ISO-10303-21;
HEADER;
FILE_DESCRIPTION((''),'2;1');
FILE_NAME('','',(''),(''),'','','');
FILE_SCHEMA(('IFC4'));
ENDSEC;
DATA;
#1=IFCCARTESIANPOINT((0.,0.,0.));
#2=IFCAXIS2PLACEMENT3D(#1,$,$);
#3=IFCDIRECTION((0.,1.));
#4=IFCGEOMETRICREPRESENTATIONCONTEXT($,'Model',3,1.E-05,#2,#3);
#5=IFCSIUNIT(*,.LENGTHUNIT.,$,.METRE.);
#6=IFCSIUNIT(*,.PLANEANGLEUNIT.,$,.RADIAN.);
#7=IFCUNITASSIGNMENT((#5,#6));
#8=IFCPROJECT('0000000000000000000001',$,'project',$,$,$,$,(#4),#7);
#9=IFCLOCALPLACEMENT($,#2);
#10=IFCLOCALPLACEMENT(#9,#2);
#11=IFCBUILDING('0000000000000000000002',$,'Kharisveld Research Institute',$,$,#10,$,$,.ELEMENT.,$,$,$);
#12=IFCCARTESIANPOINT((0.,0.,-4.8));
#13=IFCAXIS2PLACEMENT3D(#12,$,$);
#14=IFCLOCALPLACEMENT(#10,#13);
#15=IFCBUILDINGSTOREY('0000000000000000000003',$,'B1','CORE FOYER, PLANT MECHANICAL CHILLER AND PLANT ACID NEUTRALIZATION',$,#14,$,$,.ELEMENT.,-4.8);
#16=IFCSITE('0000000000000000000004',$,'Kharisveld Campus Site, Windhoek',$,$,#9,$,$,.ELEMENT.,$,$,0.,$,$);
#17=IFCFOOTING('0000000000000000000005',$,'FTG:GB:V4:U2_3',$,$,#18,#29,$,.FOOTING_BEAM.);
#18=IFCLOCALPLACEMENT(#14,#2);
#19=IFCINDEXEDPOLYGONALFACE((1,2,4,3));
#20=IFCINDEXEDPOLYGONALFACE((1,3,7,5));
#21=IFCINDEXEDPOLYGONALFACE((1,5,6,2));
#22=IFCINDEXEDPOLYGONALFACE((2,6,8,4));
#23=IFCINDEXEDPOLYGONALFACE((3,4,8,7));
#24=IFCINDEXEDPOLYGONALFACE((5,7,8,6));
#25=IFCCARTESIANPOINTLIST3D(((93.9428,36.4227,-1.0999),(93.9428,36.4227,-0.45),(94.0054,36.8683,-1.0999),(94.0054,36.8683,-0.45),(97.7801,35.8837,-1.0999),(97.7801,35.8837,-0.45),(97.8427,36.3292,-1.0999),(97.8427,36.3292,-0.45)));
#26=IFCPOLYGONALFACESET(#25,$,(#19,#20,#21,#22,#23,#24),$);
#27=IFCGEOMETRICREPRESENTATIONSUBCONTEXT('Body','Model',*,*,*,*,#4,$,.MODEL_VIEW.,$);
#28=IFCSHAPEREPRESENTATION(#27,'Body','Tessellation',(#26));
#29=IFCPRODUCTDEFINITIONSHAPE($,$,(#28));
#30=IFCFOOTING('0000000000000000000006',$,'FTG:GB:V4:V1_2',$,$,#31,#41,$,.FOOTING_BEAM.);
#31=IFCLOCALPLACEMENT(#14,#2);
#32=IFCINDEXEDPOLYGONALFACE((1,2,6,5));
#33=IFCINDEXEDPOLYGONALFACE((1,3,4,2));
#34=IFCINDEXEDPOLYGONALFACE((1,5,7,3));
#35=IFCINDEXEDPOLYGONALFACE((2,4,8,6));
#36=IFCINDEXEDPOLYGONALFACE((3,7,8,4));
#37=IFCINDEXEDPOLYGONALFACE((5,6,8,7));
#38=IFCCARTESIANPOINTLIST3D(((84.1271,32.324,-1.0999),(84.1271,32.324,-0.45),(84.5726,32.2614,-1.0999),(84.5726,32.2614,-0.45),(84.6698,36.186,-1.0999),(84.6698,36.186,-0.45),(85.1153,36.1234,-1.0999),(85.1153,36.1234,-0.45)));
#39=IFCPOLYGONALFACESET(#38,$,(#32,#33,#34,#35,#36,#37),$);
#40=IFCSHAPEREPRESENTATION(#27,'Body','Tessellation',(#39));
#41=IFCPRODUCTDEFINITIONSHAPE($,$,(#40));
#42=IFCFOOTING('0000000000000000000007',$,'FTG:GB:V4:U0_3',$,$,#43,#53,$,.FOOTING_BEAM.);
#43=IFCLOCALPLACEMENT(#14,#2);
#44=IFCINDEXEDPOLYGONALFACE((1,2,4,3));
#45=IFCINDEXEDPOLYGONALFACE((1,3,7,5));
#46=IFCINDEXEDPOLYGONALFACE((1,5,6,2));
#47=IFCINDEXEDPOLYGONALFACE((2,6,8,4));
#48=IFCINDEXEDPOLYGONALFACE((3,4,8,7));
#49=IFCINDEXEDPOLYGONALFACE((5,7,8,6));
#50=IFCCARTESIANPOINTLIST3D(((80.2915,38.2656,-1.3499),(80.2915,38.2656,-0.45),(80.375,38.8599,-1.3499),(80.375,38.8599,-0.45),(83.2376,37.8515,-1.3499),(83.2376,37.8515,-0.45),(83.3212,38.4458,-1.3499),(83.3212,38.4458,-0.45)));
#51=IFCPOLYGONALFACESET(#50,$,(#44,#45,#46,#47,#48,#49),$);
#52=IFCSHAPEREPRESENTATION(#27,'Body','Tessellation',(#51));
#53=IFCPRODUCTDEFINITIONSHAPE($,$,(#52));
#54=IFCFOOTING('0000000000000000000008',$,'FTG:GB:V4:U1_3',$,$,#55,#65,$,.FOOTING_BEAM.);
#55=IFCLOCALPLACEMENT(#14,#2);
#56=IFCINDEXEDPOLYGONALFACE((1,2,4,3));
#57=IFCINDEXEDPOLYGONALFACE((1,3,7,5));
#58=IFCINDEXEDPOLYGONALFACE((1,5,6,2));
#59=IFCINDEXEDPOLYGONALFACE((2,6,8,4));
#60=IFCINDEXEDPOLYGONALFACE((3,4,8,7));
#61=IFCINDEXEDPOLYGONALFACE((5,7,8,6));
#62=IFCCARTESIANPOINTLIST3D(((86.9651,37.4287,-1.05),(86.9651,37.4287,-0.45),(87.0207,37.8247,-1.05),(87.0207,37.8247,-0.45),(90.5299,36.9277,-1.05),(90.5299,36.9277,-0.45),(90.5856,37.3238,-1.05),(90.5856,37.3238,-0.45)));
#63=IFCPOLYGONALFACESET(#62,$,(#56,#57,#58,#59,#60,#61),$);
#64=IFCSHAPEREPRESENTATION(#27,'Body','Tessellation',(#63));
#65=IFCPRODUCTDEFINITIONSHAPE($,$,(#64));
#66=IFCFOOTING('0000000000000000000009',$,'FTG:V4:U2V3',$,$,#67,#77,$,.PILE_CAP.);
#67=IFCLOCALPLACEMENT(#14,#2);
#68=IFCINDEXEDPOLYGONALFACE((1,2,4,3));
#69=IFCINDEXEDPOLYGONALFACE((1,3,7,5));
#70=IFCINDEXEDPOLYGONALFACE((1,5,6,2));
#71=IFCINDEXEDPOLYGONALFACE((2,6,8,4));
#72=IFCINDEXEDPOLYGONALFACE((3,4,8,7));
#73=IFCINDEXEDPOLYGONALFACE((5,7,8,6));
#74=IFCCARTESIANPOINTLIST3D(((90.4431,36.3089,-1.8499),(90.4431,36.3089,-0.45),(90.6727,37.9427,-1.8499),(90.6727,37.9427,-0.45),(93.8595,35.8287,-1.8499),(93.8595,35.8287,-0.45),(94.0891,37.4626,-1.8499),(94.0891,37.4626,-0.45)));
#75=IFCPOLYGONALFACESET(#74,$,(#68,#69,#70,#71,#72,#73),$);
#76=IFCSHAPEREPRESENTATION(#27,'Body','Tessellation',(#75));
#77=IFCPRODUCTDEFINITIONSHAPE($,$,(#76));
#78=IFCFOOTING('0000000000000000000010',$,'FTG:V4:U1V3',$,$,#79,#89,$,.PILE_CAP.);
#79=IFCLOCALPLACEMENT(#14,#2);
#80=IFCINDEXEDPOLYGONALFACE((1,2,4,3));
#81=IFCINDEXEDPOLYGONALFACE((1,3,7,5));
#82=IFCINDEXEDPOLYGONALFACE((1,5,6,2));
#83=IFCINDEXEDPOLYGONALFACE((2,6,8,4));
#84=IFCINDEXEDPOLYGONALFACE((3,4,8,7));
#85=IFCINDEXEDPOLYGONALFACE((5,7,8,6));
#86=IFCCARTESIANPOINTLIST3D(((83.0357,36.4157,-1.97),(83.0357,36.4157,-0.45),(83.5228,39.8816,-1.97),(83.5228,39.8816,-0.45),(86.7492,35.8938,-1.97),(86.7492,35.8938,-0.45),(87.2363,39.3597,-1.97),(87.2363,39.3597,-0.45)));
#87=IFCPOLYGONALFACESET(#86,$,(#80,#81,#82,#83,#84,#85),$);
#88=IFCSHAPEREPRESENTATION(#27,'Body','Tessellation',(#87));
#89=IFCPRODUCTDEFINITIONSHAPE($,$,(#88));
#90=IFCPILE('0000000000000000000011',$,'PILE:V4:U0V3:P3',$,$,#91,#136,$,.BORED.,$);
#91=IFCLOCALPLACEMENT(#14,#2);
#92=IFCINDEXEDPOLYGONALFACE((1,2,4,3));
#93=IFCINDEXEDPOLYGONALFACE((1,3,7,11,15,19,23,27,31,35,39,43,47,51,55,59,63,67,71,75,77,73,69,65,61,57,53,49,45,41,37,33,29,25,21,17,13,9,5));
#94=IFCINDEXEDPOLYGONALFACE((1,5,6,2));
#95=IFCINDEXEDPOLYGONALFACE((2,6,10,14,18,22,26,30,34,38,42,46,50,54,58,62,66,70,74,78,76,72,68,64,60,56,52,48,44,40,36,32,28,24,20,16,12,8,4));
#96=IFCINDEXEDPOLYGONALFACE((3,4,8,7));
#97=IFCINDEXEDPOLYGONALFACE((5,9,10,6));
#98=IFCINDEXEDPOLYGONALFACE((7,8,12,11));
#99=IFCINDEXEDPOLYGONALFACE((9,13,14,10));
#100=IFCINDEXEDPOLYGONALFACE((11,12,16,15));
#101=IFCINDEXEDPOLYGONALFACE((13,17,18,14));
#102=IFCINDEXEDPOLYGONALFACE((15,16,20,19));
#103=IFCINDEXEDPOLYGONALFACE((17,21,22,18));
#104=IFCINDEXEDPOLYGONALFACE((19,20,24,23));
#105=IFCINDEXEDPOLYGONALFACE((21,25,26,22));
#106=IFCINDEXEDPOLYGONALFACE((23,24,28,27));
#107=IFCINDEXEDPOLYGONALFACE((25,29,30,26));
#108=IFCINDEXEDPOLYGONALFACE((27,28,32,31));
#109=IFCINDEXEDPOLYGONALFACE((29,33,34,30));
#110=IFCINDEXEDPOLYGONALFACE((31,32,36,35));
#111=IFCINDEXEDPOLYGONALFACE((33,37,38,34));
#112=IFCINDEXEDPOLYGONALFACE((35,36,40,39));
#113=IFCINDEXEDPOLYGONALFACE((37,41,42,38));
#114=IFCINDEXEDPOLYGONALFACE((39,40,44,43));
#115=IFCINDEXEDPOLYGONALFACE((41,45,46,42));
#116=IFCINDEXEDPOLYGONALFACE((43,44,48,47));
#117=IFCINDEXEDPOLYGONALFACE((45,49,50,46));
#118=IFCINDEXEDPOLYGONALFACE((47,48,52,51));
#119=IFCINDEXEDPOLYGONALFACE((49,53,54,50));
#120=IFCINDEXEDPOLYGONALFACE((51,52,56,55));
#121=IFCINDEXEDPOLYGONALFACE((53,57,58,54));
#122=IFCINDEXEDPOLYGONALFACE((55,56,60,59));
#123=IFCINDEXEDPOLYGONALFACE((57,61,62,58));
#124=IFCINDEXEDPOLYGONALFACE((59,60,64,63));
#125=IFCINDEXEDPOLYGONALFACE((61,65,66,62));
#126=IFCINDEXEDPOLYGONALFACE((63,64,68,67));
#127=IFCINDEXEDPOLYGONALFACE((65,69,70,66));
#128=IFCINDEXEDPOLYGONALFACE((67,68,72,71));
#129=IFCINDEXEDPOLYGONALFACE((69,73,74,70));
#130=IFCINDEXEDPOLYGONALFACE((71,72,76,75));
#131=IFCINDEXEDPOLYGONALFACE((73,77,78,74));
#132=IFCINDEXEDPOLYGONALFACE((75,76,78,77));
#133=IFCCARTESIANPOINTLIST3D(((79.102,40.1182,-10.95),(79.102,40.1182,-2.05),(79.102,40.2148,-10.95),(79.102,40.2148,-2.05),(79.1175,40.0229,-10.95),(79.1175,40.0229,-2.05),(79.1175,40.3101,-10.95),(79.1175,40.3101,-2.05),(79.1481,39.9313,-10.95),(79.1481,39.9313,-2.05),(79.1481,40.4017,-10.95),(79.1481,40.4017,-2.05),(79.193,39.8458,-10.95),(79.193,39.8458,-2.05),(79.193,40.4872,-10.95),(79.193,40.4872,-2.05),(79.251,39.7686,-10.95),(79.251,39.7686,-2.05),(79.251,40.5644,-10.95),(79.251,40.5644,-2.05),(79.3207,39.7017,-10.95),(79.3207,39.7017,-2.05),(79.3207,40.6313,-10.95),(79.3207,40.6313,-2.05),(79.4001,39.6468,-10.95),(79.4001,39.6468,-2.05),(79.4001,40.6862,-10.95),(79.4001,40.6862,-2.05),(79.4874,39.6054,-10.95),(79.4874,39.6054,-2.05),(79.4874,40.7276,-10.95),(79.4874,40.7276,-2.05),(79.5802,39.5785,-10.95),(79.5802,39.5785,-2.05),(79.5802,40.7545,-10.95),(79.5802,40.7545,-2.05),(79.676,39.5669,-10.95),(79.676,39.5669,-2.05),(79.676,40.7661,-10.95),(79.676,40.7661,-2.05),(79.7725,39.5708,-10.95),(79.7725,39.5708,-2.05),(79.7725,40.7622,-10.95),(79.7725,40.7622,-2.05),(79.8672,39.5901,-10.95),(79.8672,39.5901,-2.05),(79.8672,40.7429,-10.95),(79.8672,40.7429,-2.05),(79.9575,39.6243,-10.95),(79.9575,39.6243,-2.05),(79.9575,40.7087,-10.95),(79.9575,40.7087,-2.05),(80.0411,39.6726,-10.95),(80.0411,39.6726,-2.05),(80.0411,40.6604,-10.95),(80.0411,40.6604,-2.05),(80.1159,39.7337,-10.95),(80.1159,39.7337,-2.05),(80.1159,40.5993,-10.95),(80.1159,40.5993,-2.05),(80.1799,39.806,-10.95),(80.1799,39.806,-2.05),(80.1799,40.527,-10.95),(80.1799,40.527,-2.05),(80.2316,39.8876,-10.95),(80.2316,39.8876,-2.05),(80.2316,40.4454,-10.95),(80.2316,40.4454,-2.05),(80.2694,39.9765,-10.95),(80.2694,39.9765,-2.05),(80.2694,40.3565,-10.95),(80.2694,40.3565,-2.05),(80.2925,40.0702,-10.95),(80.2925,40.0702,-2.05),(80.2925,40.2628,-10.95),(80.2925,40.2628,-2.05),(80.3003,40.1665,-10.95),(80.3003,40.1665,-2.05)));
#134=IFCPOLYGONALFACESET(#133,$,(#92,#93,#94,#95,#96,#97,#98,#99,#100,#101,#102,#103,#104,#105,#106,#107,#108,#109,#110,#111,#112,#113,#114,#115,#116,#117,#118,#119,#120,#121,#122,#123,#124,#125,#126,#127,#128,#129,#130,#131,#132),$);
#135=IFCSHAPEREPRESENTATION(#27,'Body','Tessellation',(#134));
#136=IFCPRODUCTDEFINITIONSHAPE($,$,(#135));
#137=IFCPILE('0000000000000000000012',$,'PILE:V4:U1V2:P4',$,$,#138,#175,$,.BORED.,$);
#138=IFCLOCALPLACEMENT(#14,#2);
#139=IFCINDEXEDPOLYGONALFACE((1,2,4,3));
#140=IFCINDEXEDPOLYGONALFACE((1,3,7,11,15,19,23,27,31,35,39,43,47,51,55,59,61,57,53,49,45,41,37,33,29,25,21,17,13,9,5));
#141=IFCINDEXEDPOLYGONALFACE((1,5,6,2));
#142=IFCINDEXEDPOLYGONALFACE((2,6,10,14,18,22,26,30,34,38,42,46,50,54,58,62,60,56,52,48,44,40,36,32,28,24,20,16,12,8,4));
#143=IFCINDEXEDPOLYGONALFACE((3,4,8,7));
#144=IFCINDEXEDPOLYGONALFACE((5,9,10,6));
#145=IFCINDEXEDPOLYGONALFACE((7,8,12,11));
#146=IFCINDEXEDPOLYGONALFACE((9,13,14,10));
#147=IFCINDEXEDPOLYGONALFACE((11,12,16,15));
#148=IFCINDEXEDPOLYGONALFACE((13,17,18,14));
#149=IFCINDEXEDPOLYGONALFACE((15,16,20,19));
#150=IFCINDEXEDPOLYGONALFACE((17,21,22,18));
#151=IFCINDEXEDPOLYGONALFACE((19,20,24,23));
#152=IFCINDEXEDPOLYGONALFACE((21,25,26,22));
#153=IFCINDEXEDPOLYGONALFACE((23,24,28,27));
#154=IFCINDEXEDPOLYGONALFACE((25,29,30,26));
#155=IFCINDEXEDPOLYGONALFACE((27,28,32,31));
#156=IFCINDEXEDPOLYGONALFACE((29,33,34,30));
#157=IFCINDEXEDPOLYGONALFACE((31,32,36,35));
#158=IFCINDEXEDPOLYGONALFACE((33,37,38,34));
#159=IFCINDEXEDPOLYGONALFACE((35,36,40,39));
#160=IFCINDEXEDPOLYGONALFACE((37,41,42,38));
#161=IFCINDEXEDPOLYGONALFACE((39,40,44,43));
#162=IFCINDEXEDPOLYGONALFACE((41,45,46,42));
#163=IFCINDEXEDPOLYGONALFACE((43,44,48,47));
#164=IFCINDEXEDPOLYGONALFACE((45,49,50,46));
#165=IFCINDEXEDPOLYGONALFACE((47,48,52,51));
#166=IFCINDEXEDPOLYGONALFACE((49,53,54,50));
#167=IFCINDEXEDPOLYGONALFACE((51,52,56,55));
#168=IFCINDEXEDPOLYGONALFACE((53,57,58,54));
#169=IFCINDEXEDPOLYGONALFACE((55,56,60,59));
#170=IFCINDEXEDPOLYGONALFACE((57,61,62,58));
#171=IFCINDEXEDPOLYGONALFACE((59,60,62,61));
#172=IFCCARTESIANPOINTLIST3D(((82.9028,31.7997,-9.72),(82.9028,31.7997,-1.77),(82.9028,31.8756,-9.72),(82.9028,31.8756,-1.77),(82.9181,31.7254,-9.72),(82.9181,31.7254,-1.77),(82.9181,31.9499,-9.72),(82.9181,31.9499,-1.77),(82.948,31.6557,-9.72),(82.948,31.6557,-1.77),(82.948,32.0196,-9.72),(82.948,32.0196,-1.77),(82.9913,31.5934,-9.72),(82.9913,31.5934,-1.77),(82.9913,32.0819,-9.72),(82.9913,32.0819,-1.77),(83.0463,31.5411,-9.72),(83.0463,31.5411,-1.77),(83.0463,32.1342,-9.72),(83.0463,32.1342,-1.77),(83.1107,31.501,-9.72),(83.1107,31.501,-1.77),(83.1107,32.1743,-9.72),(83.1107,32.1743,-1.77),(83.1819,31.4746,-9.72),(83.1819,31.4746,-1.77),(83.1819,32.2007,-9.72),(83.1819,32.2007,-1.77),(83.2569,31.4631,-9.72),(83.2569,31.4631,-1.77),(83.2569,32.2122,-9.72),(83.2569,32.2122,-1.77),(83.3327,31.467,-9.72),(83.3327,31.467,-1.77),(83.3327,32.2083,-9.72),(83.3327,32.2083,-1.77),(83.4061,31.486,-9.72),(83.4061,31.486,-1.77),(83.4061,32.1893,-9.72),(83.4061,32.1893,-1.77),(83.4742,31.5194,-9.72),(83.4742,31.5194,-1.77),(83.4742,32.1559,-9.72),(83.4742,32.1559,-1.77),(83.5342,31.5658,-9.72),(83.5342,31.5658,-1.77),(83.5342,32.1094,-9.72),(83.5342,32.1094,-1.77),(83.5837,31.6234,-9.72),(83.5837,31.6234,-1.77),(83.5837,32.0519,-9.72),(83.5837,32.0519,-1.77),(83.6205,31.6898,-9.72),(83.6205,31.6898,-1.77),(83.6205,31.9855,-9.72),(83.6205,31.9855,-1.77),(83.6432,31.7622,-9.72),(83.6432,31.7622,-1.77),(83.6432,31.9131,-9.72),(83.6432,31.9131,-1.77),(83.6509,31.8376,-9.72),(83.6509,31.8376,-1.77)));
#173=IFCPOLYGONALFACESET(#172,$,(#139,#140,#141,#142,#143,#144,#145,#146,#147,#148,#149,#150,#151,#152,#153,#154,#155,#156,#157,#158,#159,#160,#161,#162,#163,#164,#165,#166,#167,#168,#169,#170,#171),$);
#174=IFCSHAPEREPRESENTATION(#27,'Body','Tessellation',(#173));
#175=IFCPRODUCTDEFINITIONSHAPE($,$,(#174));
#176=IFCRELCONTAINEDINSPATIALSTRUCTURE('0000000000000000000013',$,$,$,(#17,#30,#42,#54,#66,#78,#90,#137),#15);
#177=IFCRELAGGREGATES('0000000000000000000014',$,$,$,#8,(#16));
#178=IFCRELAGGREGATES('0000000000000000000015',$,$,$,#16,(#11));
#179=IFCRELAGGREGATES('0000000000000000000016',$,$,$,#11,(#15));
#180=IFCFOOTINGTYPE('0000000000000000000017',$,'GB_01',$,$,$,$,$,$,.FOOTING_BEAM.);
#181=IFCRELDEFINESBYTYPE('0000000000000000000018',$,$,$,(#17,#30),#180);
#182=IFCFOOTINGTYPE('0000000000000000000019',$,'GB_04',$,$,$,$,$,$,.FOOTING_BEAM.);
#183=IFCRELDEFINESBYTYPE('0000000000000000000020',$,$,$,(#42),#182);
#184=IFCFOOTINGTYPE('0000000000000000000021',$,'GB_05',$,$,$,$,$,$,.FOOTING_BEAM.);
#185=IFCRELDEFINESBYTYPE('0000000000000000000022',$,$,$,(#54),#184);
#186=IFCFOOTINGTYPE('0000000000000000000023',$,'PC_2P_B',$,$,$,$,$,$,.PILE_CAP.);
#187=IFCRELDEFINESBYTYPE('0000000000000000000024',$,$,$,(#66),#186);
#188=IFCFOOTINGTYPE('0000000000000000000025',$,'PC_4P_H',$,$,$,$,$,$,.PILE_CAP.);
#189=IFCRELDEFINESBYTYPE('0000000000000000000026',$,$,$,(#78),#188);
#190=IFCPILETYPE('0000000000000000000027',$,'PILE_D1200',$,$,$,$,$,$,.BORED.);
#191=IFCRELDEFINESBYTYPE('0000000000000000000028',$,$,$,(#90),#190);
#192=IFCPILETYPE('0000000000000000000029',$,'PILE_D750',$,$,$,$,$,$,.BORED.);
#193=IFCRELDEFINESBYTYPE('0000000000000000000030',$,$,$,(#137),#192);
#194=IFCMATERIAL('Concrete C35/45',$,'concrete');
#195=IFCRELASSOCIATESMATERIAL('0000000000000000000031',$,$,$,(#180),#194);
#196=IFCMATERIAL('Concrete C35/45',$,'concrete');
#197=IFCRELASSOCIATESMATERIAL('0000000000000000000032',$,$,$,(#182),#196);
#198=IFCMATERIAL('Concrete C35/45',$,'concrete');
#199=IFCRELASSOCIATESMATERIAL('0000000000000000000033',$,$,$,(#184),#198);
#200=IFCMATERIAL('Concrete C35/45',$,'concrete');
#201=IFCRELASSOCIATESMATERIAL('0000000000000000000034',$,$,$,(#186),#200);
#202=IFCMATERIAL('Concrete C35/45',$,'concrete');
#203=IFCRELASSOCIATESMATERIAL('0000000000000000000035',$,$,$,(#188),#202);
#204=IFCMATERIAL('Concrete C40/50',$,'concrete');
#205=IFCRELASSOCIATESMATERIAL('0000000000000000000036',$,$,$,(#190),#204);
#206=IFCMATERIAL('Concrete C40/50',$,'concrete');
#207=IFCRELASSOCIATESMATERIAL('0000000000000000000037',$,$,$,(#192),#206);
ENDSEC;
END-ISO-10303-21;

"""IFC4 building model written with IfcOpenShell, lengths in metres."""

from ifc_helpers import new_model, si_unit, direction, frame, origin, origin_2d, place, context, subcontext, project, spatial, rectangle, circle, extrude, material, material_profile, profile_set, type_object, element, save


model = new_model("IFC4")

# Units and contexts
model_context = context("Model", 3, precision=1e-05, world=origin(), true_north=direction((0.0, 1.0)))
body_context = subcontext(model_context, "Body", "Model", "MODEL_VIEW")
ifc_project = project(units=[si_unit("LENGTHUNIT", "METRE"), si_unit("PLANEANGLEUNIT", "RADIAN")], contexts=[model_context])

# Site, building, storey
site_placement = place(None, origin())
site = spatial("IfcSite", under=ifc_project, at=site_placement, Name="Kharisveld Campus Site, Windhoek", CompositionType="ELEMENT", RefElevation=0.0)
building_placement = place(site_placement, origin())
building = spatial("IfcBuilding", under=site, at=building_placement, Name="Kharisveld Research Institute", CompositionType="ELEMENT")
storey_placement = place(building_placement, frame((0.0, 0.0, -4.8)))
storey = spatial("IfcBuildingStorey", under=building, at=storey_placement, Name="B1", Description="CORE FOYER, PLANT MECHANICAL CHILLER AND PLANT ACID NEUTRALIZATION", CompositionType="ELEMENT", Elevation=-4.8)

# Footings
ifc_material_1 = material(Name="Concrete C35/45", Category="concrete")
ifc_material_profile_1 = material_profile(ifc_material_1, rectangle(XDim=0.45, YDim=0.6499, at=origin_2d()))
ifc_profile_set_1 = profile_set([ifc_material_profile_1], Name="Concrete C35/45")
footing_type_1 = type_object("IfcFootingType", Name="GB_01", PredefinedType="FOOTING_BEAM", material=ifc_profile_set_1)
footing_1_placement = place(storey_placement, frame((93.9741, 36.6455, -0.7749), z_axis=(0.990277, -0.13911, 0.0), x_axis=(0.13911, 0.990277, 0.0)))
element("IfcFooting", 1, at=footing_1_placement, inside=storey, type_object=footing_type_1, Name="FTG:GB:V4:U2_3", PredefinedType="FOOTING_BEAM", context=body_context, shape_type="SweptSolid", body=[
    extrude(rectangle(XDim=0.45, YDim=0.6499, at=origin_2d()), origin(), (0.0, 0.0, 1.0), 3.875),
])
footing_2_placement = place(storey_placement, frame((84.3499, 32.2927, -0.7749), z_axis=(0.13916, 0.99027, 0.0), x_axis=(-0.99027, 0.13916, 0.0)))
element("IfcFooting", 2, at=footing_2_placement, inside=storey, type_object=footing_type_1, Name="FTG:GB:V4:V1_2", PredefinedType="FOOTING_BEAM", context=body_context, shape_type="SweptSolid", body=[
    extrude(rectangle(XDim=0.45, YDim=0.6499, at=origin_2d()), origin(), (0.0, 0.0, 1.0), 3.8999),
])
ifc_material_2 = material(Name="Concrete C35/45", Category="concrete")
ifc_material_profile_2 = material_profile(ifc_material_2, rectangle(XDim=0.6001, YDim=0.8999, at=origin_2d()))
ifc_profile_set_2 = profile_set([ifc_material_profile_2], Name="Concrete C35/45")
footing_type_2 = type_object("IfcFootingType", Name="GB_04", PredefinedType="FOOTING_BEAM", material=ifc_profile_set_2)
footing_3_placement = place(storey_placement, frame((80.3333, 38.5627, -0.8999), z_axis=(0.990267, -0.139181, 0.0), x_axis=(0.139181, 0.990267, 0.0)))
element("IfcFooting", 3, at=footing_3_placement, inside=storey, type_object=footing_type_2, Name="FTG:GB:V4:U0_3", PredefinedType="FOOTING_BEAM", context=body_context, shape_type="SweptSolid", body=[
    extrude(rectangle(XDim=0.6001, YDim=0.8999, at=origin_2d()), origin(), (0.0, 0.0, 1.0), 2.9751),
])
ifc_material_3 = material(Name="Concrete C35/45", Category="concrete")
ifc_material_profile_3 = material_profile(ifc_material_3, rectangle(XDim=0.3999, YDim=0.6001, at=origin_2d()))
ifc_profile_set_3 = profile_set([ifc_material_profile_3], Name="Concrete C35/45")
footing_type_3 = type_object("IfcFootingType", Name="GB_05", PredefinedType="FOOTING_BEAM", material=ifc_profile_set_3)
footing_4_placement = place(storey_placement, frame((86.9929, 37.6267, -0.75), z_axis=(0.99027, -0.139161, 0.0), x_axis=(0.139161, 0.99027, 0.0)))
element("IfcFooting", 4, at=footing_4_placement, inside=storey, type_object=footing_type_3, Name="FTG:GB:V4:U1_3", PredefinedType="FOOTING_BEAM", context=body_context, shape_type="SweptSolid", body=[
    extrude(rectangle(XDim=0.3999, YDim=0.6001, at=origin_2d()), origin(), (0.0, 0.0, 1.0), 3.5999),
])
ifc_material_4 = material(Name="Concrete C35/45", Category="concrete")
footing_type_4 = type_object("IfcFootingType", Name="PC_2P_B", PredefinedType="PILE_CAP", material=ifc_material_4)
footing_5_placement = place(storey_placement, frame((92.2661, 36.8857, -1.8499), z_axis=(0.0, 0.0, 1.0), x_axis=(0.990268, -0.139173, 0.0)))
element("IfcFooting", 5, at=footing_5_placement, inside=storey, type_object=footing_type_4, Name="FTG:V4:U2V3", PredefinedType="PILE_CAP", context=body_context, shape_type="SweptSolid", body=[
    extrude(rectangle(XDim=3.45, YDim=1.6499, at=origin_2d()), origin(), (0.0, 0.0, 1.0), 1.3999),
])
ifc_material_5 = material(Name="Concrete C35/45", Category="concrete")
footing_type_5 = type_object("IfcFootingType", Name="PC_4P_H", PredefinedType="PILE_CAP", material=ifc_material_5)
footing_6_placement = place(storey_placement, frame((85.136, 37.8877, -1.97), z_axis=(0.0, 0.0, 1.0), x_axis=(0.990268, -0.139173, 0.0)))
element("IfcFooting", 6, at=footing_6_placement, inside=storey, type_object=footing_type_5, Name="FTG:V4:U1V3", PredefinedType="PILE_CAP", context=body_context, shape_type="SweptSolid", body=[
    extrude(rectangle(XDim=3.75, YDim=3.5, at=origin_2d()), origin(), (0.0, 0.0, 1.0), 1.52),
])

# Piles
ifc_material_6 = material(Name="Concrete C40/50", Category="concrete")
ifc_material_profile_4 = material_profile(ifc_material_6, circle(Radius=0.6001, at=origin_2d()))
ifc_profile_set_4 = profile_set([ifc_material_profile_4], Name="Concrete C40/50")
pile_type_1 = type_object("IfcPileType", Name="PILE_D1200", PredefinedType="BORED", material=ifc_profile_set_4)
pile_1_placement = place(storey_placement, frame((79.7002, 40.1665, -2.05), z_axis=(0.0, 0.0, -1.0), x_axis=(1.0, 0.0, 0.0)))
element("IfcPile", 7, at=pile_1_placement, inside=storey, type_object=pile_type_1, Name="PILE:V4:U0V3:P3", PredefinedType="BORED", context=body_context, shape_type="SweptSolid", body=[
    extrude(circle(Radius=0.6001, at=origin_2d()), origin(), (0.0, 0.0, 1.0), 8.8999),
])
ifc_material_7 = material(Name="Concrete C40/50", Category="concrete")
ifc_material_profile_5 = material_profile(ifc_material_7, circle(Radius=0.375, at=origin_2d()))
ifc_profile_set_5 = profile_set([ifc_material_profile_5], Name="Concrete C40/50")
pile_type_2 = type_object("IfcPileType", Name="PILE_D750", PredefinedType="BORED", material=ifc_profile_set_5)
pile_2_placement = place(storey_placement, frame((83.2759, 31.8376, -1.77), z_axis=(0.0, 0.0, -1.0), x_axis=(1.0, 0.0, 0.0)))
element("IfcPile", 8, at=pile_2_placement, inside=storey, type_object=pile_type_2, Name="PILE:V4:U1V2:P4", PredefinedType="BORED", context=body_context, shape_type="SweptSolid", body=[
    extrude(circle(Radius=0.375, at=origin_2d()), origin(), (0.0, 0.0, 1.0), 7.95),
])

save(model, "model.ifc")
